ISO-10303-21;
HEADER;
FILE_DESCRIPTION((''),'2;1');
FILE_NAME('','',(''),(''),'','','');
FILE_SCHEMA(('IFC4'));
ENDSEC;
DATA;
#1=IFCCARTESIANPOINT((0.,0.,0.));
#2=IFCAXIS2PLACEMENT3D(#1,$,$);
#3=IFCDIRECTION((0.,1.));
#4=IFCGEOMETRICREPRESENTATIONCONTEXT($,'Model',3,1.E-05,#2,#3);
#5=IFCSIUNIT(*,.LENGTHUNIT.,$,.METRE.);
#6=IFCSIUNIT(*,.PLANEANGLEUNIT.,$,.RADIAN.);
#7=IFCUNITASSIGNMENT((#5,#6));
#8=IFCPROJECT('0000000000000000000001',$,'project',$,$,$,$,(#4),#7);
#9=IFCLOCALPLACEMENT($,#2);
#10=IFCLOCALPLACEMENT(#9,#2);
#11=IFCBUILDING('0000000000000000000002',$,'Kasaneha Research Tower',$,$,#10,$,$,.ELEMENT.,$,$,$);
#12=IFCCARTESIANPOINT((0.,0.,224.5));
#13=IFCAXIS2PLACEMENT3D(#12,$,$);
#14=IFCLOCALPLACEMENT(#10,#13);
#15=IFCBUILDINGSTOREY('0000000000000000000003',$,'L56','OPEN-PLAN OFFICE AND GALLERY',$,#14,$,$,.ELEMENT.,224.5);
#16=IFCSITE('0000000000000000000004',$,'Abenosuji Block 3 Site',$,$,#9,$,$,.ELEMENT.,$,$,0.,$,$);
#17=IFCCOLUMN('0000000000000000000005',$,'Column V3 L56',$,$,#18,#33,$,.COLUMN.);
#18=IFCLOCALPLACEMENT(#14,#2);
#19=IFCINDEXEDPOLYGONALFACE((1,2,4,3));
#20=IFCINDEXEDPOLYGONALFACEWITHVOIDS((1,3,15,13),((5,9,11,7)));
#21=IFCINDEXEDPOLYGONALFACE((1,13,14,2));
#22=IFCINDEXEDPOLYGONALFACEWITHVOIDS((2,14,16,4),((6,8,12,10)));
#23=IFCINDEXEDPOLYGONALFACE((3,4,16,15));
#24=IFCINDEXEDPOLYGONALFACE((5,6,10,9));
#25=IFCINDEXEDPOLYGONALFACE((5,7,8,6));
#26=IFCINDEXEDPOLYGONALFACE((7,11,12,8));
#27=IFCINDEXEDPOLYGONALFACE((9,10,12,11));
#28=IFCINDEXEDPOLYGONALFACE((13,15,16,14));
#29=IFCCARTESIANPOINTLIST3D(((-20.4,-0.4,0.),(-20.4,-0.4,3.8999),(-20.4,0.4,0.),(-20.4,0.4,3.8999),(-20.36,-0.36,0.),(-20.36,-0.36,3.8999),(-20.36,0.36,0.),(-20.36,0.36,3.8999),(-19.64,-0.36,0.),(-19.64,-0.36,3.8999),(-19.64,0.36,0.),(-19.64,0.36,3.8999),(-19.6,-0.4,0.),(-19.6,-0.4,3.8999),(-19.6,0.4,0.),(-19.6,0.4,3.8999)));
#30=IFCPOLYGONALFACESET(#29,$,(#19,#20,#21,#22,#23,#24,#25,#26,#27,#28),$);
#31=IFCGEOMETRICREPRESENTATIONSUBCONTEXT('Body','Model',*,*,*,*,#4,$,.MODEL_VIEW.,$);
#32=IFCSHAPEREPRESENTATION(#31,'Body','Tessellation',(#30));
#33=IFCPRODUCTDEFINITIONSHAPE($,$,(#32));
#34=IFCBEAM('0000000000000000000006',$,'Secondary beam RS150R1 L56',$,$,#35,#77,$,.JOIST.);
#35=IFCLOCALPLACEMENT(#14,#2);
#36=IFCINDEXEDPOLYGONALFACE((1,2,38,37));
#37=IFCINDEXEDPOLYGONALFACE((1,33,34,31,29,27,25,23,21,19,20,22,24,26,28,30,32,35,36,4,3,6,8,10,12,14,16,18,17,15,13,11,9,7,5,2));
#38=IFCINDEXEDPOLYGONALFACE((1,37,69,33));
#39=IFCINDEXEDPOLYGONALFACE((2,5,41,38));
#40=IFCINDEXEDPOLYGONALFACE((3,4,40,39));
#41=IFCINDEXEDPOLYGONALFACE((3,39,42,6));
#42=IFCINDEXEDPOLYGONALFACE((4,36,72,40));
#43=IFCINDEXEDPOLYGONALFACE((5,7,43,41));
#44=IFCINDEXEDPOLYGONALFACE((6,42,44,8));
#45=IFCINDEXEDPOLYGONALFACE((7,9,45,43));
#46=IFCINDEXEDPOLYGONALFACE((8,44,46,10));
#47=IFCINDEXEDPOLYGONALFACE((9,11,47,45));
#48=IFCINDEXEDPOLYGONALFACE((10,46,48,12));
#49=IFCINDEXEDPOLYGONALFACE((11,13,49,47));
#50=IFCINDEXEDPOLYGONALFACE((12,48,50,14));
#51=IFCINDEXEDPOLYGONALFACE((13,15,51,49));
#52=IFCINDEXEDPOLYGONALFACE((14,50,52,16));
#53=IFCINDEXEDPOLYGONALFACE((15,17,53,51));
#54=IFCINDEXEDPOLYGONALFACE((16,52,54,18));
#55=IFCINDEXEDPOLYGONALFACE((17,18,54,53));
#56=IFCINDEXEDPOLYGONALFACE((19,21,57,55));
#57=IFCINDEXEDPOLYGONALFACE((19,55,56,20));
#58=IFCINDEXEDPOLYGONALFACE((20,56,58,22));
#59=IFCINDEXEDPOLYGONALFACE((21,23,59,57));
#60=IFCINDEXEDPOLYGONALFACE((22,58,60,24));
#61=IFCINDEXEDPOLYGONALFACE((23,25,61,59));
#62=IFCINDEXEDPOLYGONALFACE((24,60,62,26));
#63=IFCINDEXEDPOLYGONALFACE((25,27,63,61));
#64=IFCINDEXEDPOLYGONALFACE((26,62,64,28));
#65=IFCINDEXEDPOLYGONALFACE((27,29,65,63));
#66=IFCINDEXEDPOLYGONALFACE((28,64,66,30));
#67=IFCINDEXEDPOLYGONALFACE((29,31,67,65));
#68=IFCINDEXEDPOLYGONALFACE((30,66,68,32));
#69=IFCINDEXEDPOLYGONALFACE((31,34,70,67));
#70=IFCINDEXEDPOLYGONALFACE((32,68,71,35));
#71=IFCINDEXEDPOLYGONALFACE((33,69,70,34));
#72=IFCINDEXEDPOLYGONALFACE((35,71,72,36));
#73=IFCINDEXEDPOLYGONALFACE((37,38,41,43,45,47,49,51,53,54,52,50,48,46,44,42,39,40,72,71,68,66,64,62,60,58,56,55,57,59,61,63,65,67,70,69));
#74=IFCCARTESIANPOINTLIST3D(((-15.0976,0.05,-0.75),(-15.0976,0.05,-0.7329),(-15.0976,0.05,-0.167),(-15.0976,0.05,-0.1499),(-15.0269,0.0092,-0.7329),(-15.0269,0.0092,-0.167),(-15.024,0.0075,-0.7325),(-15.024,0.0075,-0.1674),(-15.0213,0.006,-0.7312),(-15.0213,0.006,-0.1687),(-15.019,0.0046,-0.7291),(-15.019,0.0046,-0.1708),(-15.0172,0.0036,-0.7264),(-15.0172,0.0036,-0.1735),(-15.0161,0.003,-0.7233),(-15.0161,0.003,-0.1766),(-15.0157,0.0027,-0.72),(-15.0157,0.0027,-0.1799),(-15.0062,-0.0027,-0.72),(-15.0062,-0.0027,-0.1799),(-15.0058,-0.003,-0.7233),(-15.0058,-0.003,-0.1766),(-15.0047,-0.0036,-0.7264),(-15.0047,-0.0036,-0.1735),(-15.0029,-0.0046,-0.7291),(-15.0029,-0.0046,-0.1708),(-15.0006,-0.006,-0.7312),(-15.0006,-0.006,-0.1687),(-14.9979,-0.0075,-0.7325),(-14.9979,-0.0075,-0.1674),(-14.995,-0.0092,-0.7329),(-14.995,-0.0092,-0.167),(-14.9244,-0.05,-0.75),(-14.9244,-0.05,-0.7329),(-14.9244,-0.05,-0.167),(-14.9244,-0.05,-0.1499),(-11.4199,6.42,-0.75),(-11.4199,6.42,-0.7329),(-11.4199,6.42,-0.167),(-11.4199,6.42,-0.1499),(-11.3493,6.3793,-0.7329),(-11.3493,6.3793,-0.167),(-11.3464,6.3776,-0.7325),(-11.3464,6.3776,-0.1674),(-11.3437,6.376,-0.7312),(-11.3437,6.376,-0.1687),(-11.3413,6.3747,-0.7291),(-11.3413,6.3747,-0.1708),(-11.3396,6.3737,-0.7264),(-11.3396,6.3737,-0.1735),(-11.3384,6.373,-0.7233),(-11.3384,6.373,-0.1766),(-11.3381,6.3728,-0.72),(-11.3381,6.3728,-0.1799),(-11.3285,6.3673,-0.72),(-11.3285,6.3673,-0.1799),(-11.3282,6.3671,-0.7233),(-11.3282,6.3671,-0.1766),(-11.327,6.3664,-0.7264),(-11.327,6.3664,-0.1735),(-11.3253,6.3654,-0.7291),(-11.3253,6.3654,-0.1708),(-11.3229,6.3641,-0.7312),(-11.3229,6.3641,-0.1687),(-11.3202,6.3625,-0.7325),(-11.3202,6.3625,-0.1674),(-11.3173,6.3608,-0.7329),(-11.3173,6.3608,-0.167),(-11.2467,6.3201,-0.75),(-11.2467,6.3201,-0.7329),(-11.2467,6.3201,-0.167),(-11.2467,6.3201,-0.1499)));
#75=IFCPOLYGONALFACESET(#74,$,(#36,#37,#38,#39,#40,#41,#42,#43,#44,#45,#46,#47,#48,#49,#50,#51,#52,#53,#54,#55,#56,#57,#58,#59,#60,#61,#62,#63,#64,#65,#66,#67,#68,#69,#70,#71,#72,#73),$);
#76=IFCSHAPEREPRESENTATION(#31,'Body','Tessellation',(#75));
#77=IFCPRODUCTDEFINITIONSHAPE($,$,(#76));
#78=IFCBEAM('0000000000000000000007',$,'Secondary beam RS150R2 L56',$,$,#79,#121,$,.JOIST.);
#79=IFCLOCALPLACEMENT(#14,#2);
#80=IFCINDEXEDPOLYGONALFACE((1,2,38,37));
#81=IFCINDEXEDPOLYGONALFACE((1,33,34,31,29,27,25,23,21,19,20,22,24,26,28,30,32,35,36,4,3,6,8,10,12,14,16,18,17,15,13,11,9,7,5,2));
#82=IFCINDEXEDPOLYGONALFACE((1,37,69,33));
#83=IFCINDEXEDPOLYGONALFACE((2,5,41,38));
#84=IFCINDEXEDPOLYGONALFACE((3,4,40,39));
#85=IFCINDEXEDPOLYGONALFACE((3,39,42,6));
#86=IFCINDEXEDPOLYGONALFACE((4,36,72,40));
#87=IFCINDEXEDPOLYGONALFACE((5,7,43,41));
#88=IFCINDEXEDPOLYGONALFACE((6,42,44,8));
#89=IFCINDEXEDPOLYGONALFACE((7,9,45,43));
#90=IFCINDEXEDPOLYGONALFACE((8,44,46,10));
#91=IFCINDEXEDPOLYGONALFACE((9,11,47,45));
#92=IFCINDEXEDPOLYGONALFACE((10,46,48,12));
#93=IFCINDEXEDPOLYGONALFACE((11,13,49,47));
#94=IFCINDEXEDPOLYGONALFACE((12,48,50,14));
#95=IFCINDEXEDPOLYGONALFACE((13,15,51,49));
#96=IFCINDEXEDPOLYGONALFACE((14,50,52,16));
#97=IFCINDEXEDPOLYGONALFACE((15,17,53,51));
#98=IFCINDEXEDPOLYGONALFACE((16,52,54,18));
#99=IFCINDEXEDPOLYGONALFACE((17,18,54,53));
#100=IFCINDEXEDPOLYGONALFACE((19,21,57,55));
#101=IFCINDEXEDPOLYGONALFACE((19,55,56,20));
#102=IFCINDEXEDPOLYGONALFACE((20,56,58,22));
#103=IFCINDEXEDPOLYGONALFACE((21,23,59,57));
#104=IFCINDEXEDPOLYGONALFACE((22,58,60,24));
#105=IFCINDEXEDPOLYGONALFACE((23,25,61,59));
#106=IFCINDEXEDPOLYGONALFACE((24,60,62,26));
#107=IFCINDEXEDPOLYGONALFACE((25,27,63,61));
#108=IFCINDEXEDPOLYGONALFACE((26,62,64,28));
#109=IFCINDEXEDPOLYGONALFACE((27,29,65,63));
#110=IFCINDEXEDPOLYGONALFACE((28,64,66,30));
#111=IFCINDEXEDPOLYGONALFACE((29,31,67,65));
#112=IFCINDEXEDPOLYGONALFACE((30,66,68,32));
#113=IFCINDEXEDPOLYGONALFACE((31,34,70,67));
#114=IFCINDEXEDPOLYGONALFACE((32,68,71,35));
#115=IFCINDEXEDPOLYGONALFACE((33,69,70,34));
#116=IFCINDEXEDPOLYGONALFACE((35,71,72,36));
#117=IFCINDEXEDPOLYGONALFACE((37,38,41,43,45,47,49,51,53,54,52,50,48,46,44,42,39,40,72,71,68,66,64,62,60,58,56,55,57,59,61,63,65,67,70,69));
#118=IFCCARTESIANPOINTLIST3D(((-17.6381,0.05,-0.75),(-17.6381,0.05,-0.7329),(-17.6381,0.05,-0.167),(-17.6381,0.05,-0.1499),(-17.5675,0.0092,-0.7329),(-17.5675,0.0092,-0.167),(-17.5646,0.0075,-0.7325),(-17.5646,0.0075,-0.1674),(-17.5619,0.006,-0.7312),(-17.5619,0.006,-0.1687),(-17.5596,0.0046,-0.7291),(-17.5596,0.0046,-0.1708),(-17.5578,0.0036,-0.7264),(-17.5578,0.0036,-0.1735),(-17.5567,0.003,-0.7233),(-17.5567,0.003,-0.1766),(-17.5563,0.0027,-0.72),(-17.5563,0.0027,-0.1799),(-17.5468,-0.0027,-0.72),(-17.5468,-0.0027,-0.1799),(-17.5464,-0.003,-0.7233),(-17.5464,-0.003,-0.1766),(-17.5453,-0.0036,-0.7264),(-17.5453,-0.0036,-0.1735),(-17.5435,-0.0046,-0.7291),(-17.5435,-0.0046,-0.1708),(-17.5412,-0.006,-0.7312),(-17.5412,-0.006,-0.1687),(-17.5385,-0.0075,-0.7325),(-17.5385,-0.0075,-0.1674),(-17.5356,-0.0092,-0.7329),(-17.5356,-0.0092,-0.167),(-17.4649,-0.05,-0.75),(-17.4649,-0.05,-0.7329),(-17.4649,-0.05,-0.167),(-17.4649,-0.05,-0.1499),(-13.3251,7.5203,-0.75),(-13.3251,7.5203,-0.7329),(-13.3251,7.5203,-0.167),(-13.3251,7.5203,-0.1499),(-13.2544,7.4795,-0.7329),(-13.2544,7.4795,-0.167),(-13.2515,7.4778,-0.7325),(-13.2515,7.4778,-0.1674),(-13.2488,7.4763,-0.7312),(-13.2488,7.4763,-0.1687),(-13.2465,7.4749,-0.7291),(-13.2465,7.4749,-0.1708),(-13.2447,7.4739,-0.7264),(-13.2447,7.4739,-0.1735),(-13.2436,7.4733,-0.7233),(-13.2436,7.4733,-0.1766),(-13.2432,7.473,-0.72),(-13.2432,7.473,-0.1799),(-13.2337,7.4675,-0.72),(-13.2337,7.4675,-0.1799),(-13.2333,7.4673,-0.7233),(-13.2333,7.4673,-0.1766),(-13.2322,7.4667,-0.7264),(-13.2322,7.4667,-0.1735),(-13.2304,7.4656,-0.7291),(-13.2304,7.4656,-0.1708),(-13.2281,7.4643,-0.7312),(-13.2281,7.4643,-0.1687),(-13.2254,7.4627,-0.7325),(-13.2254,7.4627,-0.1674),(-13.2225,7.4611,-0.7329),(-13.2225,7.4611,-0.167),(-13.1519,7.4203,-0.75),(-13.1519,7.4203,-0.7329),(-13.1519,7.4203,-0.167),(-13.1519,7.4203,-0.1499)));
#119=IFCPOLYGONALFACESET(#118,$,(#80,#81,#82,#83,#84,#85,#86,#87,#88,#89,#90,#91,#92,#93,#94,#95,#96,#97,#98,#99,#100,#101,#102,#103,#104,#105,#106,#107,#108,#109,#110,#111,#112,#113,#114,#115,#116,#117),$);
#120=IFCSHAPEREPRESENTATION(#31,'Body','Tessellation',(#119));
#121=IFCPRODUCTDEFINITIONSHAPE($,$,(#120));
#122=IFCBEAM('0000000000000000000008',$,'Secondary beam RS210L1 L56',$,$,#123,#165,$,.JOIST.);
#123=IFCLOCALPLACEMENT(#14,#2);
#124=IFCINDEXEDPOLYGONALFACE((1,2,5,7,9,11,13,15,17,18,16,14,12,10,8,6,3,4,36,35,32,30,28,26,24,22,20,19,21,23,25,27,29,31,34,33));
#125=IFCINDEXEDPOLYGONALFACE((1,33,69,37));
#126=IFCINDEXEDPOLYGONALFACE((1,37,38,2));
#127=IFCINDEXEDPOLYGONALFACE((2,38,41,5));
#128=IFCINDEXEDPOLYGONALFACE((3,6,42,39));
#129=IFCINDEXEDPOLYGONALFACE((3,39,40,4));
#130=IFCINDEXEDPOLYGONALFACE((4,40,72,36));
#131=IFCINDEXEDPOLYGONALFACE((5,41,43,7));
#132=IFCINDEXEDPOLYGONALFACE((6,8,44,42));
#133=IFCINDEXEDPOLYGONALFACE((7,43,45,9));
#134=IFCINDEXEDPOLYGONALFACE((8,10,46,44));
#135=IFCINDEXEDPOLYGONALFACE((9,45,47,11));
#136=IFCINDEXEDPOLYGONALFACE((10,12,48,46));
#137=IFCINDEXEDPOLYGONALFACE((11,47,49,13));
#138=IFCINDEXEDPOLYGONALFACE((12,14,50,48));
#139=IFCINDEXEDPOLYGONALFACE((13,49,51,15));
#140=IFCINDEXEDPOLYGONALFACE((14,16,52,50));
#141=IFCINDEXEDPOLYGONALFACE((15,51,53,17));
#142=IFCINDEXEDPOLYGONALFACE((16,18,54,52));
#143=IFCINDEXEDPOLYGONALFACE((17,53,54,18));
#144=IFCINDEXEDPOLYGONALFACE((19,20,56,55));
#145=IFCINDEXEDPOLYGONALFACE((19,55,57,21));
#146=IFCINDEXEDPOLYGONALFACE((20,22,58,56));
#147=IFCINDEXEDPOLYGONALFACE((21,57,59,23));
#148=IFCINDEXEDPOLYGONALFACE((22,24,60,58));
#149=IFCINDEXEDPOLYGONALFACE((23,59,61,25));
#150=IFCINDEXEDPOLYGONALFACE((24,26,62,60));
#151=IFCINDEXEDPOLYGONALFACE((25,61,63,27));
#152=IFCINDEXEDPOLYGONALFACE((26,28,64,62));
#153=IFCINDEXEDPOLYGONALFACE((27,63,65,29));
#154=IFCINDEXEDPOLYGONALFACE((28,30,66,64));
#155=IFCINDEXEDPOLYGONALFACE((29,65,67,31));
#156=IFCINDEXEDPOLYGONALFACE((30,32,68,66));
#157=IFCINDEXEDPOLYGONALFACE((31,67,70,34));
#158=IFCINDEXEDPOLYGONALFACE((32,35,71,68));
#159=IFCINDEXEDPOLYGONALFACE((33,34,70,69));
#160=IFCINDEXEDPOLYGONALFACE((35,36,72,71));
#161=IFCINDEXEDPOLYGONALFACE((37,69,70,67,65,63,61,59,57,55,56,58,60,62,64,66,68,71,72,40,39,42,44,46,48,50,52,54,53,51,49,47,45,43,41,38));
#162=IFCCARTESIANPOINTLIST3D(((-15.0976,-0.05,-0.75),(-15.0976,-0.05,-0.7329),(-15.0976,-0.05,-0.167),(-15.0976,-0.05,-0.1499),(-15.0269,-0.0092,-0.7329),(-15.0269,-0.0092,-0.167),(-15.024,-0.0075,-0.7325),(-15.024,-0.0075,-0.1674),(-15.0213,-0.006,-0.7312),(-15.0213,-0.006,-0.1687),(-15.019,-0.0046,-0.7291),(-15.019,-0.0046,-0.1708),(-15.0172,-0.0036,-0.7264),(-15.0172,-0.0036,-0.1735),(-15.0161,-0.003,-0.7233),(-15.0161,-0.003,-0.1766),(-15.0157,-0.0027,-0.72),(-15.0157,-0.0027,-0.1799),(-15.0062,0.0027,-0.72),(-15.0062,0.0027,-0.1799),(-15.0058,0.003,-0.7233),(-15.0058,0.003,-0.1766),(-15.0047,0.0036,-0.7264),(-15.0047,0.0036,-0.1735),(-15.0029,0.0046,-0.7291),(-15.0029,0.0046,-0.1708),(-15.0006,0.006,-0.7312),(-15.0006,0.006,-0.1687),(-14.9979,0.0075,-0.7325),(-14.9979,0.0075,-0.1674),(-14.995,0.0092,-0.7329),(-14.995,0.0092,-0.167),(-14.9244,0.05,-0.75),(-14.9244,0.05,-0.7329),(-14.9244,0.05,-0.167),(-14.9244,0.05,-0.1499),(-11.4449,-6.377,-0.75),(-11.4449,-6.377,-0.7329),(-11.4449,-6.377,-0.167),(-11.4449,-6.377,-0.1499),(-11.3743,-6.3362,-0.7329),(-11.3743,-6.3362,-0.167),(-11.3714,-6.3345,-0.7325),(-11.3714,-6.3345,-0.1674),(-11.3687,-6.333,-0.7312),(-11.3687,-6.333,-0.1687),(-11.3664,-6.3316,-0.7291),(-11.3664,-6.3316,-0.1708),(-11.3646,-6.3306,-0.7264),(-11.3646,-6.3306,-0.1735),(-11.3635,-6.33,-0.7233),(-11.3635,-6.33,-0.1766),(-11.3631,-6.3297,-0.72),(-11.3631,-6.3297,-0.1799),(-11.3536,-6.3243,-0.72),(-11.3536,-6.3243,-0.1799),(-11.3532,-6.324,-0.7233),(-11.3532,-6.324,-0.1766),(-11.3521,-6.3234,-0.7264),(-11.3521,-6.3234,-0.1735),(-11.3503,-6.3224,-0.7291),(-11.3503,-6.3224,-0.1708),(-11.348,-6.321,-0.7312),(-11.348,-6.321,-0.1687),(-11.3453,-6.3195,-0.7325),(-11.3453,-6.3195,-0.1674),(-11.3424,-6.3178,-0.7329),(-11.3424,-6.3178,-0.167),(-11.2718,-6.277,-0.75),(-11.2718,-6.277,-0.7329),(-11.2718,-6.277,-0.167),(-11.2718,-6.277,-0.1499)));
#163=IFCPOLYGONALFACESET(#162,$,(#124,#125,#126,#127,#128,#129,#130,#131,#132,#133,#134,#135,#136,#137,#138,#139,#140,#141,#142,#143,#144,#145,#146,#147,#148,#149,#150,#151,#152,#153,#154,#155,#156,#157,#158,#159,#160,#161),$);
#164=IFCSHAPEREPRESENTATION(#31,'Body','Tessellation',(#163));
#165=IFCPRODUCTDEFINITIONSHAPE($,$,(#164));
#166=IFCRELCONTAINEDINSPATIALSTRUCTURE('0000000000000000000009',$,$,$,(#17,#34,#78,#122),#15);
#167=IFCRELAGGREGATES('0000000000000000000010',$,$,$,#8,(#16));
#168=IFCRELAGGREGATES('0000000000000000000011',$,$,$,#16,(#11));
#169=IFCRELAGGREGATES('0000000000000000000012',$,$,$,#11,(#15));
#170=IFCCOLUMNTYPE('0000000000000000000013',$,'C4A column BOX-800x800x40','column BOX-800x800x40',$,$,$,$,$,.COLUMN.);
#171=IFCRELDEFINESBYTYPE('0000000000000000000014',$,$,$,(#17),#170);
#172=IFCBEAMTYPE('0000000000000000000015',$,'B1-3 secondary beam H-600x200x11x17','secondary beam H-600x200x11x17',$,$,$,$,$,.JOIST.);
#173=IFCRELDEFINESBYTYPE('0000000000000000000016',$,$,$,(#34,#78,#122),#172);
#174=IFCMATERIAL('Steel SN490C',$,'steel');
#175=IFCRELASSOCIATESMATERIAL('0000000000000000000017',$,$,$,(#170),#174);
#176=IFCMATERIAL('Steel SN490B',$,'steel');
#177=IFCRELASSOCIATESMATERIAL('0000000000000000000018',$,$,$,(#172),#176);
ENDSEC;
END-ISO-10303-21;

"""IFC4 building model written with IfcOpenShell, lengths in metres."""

from ifc_helpers import new_model, si_unit, direction, frame, origin, origin_2d, place, context, subcontext, project, spatial, hollow_rectangle, i_section, extrude, material, material_profile, profile_set, type_object, element, save


model = new_model("IFC4")

# Units and contexts
model_context = context("Model", 3, precision=1e-05, world=origin(), true_north=direction((0.0, 1.0)))
body_context = subcontext(model_context, "Body", "Model", "MODEL_VIEW")
ifc_project = project(units=[si_unit("LENGTHUNIT", "METRE"), si_unit("PLANEANGLEUNIT", "RADIAN")], contexts=[model_context])

# Site, building, storey
site_placement = place(None, origin())
site = spatial("IfcSite", under=ifc_project, at=site_placement, Name="Abenosuji Block 3 Site", CompositionType="ELEMENT", RefElevation=0.0)
building_placement = place(site_placement, origin())
building = spatial("IfcBuilding", under=site, at=building_placement, Name="Kasaneha Research Tower", CompositionType="ELEMENT")
storey_placement = place(building_placement, frame((0.0, 0.0, 224.5)))
storey = spatial("IfcBuildingStorey", under=building, at=storey_placement, Name="L56", Description="OPEN-PLAN OFFICE AND GALLERY", CompositionType="ELEMENT", Elevation=224.5)

# Column
ifc_material_1 = material(Name="Steel SN490C", Category="steel")
ifc_material_profile_1 = material_profile(ifc_material_1, hollow_rectangle(XDim=0.8, YDim=0.8, WallThickness=0.04, at=origin_2d()), Name="BOX-800x800x40")
ifc_profile_set_1 = profile_set([ifc_material_profile_1], Name="Steel SN490C")
column_type = type_object("IfcColumnType", Name="C4A column BOX-800x800x40", Description="column BOX-800x800x40", PredefinedType="COLUMN", material=ifc_profile_set_1)
column_placement = place(storey_placement, frame((-20.0, 0.0, 0.0), z_axis=(0.0, 0.0, 1.0), x_axis=(1.0, 0.0, 0.0)))
element("IfcColumn", 1, at=column_placement, inside=storey, type_object=column_type, Name="Column V3 L56", PredefinedType="COLUMN", context=body_context, shape_type="SweptSolid", body=[
    extrude(hollow_rectangle(XDim=0.8, YDim=0.8, WallThickness=0.04, at=origin_2d()), origin(), (0.0, 0.0, 1.0), 3.8999),
])

# Beams
ifc_material_2 = material(Name="Steel SN490B", Category="steel")
ifc_material_profile_2 = material_profile(ifc_material_2, i_section(OverallWidth=0.2, OverallDepth=0.6001, WebThickness=0.011, FlangeThickness=0.0171, FilletRadius=0.0129, at=origin_2d()), Name="H-600x200x11x17")
ifc_profile_set_2 = profile_set([ifc_material_profile_2], Name="Steel SN490B")
beam_type_1 = type_object("IfcBeamType", Name="B1-3 secondary beam H-600x200x11x17", Description="secondary beam H-600x200x11x17", PredefinedType="JOIST", material=ifc_profile_set_2)
beam_1_placement = place(storey_placement, frame((-15.011, 0.0, -0.45), z_axis=(0.499994, 0.866029, 0.0), x_axis=(-0.866029, 0.499994, 0.0)))
element("IfcBeam", 2, at=beam_1_placement, inside=storey, type_object=beam_type_1, Name="Secondary beam RS150R1 L56", PredefinedType="JOIST", context=body_context, shape_type="SweptSolid", body=[
    extrude(i_section(OverallWidth=0.2, OverallDepth=0.6001, WebThickness=0.011, FlangeThickness=0.0171, FilletRadius=0.0129, at=origin_2d()), origin(), (0.0, 0.0, 1.0), 7.3555),
])
beam_2_placement = place(storey_placement, frame((-17.5515, 0.0, -0.45), z_axis=(0.500005, 0.866023, 0.0), x_axis=(-0.866023, 0.500005, 0.0)))
element("IfcBeam", 3, at=beam_2_placement, inside=storey, type_object=beam_type_1, Name="Secondary beam RS150R2 L56", PredefinedType="JOIST", context=body_context, shape_type="SweptSolid", body=[
    extrude(i_section(OverallWidth=0.2, OverallDepth=0.6001, WebThickness=0.011, FlangeThickness=0.0171, FilletRadius=0.0129, at=origin_2d()), origin(), (0.0, 0.0, 1.0), 8.626),
])
beam_3_placement = place(storey_placement, frame((-15.011, 0.0, -0.45), z_axis=(0.499974, -0.86604, 0.0), x_axis=(0.86604, 0.499974, 0.0)))
element("IfcBeam", 4, at=beam_3_placement, inside=storey, type_object=beam_type_1, Name="Secondary beam RS210L1 L56", PredefinedType="JOIST", context=body_context, shape_type="SweptSolid", body=[
    extrude(i_section(OverallWidth=0.2, OverallDepth=0.6001, WebThickness=0.011, FlangeThickness=0.0171, FilletRadius=0.0129, at=origin_2d()), origin(), (0.0, 0.0, 1.0), 7.3057),
])

save(model, "model.ifc")
